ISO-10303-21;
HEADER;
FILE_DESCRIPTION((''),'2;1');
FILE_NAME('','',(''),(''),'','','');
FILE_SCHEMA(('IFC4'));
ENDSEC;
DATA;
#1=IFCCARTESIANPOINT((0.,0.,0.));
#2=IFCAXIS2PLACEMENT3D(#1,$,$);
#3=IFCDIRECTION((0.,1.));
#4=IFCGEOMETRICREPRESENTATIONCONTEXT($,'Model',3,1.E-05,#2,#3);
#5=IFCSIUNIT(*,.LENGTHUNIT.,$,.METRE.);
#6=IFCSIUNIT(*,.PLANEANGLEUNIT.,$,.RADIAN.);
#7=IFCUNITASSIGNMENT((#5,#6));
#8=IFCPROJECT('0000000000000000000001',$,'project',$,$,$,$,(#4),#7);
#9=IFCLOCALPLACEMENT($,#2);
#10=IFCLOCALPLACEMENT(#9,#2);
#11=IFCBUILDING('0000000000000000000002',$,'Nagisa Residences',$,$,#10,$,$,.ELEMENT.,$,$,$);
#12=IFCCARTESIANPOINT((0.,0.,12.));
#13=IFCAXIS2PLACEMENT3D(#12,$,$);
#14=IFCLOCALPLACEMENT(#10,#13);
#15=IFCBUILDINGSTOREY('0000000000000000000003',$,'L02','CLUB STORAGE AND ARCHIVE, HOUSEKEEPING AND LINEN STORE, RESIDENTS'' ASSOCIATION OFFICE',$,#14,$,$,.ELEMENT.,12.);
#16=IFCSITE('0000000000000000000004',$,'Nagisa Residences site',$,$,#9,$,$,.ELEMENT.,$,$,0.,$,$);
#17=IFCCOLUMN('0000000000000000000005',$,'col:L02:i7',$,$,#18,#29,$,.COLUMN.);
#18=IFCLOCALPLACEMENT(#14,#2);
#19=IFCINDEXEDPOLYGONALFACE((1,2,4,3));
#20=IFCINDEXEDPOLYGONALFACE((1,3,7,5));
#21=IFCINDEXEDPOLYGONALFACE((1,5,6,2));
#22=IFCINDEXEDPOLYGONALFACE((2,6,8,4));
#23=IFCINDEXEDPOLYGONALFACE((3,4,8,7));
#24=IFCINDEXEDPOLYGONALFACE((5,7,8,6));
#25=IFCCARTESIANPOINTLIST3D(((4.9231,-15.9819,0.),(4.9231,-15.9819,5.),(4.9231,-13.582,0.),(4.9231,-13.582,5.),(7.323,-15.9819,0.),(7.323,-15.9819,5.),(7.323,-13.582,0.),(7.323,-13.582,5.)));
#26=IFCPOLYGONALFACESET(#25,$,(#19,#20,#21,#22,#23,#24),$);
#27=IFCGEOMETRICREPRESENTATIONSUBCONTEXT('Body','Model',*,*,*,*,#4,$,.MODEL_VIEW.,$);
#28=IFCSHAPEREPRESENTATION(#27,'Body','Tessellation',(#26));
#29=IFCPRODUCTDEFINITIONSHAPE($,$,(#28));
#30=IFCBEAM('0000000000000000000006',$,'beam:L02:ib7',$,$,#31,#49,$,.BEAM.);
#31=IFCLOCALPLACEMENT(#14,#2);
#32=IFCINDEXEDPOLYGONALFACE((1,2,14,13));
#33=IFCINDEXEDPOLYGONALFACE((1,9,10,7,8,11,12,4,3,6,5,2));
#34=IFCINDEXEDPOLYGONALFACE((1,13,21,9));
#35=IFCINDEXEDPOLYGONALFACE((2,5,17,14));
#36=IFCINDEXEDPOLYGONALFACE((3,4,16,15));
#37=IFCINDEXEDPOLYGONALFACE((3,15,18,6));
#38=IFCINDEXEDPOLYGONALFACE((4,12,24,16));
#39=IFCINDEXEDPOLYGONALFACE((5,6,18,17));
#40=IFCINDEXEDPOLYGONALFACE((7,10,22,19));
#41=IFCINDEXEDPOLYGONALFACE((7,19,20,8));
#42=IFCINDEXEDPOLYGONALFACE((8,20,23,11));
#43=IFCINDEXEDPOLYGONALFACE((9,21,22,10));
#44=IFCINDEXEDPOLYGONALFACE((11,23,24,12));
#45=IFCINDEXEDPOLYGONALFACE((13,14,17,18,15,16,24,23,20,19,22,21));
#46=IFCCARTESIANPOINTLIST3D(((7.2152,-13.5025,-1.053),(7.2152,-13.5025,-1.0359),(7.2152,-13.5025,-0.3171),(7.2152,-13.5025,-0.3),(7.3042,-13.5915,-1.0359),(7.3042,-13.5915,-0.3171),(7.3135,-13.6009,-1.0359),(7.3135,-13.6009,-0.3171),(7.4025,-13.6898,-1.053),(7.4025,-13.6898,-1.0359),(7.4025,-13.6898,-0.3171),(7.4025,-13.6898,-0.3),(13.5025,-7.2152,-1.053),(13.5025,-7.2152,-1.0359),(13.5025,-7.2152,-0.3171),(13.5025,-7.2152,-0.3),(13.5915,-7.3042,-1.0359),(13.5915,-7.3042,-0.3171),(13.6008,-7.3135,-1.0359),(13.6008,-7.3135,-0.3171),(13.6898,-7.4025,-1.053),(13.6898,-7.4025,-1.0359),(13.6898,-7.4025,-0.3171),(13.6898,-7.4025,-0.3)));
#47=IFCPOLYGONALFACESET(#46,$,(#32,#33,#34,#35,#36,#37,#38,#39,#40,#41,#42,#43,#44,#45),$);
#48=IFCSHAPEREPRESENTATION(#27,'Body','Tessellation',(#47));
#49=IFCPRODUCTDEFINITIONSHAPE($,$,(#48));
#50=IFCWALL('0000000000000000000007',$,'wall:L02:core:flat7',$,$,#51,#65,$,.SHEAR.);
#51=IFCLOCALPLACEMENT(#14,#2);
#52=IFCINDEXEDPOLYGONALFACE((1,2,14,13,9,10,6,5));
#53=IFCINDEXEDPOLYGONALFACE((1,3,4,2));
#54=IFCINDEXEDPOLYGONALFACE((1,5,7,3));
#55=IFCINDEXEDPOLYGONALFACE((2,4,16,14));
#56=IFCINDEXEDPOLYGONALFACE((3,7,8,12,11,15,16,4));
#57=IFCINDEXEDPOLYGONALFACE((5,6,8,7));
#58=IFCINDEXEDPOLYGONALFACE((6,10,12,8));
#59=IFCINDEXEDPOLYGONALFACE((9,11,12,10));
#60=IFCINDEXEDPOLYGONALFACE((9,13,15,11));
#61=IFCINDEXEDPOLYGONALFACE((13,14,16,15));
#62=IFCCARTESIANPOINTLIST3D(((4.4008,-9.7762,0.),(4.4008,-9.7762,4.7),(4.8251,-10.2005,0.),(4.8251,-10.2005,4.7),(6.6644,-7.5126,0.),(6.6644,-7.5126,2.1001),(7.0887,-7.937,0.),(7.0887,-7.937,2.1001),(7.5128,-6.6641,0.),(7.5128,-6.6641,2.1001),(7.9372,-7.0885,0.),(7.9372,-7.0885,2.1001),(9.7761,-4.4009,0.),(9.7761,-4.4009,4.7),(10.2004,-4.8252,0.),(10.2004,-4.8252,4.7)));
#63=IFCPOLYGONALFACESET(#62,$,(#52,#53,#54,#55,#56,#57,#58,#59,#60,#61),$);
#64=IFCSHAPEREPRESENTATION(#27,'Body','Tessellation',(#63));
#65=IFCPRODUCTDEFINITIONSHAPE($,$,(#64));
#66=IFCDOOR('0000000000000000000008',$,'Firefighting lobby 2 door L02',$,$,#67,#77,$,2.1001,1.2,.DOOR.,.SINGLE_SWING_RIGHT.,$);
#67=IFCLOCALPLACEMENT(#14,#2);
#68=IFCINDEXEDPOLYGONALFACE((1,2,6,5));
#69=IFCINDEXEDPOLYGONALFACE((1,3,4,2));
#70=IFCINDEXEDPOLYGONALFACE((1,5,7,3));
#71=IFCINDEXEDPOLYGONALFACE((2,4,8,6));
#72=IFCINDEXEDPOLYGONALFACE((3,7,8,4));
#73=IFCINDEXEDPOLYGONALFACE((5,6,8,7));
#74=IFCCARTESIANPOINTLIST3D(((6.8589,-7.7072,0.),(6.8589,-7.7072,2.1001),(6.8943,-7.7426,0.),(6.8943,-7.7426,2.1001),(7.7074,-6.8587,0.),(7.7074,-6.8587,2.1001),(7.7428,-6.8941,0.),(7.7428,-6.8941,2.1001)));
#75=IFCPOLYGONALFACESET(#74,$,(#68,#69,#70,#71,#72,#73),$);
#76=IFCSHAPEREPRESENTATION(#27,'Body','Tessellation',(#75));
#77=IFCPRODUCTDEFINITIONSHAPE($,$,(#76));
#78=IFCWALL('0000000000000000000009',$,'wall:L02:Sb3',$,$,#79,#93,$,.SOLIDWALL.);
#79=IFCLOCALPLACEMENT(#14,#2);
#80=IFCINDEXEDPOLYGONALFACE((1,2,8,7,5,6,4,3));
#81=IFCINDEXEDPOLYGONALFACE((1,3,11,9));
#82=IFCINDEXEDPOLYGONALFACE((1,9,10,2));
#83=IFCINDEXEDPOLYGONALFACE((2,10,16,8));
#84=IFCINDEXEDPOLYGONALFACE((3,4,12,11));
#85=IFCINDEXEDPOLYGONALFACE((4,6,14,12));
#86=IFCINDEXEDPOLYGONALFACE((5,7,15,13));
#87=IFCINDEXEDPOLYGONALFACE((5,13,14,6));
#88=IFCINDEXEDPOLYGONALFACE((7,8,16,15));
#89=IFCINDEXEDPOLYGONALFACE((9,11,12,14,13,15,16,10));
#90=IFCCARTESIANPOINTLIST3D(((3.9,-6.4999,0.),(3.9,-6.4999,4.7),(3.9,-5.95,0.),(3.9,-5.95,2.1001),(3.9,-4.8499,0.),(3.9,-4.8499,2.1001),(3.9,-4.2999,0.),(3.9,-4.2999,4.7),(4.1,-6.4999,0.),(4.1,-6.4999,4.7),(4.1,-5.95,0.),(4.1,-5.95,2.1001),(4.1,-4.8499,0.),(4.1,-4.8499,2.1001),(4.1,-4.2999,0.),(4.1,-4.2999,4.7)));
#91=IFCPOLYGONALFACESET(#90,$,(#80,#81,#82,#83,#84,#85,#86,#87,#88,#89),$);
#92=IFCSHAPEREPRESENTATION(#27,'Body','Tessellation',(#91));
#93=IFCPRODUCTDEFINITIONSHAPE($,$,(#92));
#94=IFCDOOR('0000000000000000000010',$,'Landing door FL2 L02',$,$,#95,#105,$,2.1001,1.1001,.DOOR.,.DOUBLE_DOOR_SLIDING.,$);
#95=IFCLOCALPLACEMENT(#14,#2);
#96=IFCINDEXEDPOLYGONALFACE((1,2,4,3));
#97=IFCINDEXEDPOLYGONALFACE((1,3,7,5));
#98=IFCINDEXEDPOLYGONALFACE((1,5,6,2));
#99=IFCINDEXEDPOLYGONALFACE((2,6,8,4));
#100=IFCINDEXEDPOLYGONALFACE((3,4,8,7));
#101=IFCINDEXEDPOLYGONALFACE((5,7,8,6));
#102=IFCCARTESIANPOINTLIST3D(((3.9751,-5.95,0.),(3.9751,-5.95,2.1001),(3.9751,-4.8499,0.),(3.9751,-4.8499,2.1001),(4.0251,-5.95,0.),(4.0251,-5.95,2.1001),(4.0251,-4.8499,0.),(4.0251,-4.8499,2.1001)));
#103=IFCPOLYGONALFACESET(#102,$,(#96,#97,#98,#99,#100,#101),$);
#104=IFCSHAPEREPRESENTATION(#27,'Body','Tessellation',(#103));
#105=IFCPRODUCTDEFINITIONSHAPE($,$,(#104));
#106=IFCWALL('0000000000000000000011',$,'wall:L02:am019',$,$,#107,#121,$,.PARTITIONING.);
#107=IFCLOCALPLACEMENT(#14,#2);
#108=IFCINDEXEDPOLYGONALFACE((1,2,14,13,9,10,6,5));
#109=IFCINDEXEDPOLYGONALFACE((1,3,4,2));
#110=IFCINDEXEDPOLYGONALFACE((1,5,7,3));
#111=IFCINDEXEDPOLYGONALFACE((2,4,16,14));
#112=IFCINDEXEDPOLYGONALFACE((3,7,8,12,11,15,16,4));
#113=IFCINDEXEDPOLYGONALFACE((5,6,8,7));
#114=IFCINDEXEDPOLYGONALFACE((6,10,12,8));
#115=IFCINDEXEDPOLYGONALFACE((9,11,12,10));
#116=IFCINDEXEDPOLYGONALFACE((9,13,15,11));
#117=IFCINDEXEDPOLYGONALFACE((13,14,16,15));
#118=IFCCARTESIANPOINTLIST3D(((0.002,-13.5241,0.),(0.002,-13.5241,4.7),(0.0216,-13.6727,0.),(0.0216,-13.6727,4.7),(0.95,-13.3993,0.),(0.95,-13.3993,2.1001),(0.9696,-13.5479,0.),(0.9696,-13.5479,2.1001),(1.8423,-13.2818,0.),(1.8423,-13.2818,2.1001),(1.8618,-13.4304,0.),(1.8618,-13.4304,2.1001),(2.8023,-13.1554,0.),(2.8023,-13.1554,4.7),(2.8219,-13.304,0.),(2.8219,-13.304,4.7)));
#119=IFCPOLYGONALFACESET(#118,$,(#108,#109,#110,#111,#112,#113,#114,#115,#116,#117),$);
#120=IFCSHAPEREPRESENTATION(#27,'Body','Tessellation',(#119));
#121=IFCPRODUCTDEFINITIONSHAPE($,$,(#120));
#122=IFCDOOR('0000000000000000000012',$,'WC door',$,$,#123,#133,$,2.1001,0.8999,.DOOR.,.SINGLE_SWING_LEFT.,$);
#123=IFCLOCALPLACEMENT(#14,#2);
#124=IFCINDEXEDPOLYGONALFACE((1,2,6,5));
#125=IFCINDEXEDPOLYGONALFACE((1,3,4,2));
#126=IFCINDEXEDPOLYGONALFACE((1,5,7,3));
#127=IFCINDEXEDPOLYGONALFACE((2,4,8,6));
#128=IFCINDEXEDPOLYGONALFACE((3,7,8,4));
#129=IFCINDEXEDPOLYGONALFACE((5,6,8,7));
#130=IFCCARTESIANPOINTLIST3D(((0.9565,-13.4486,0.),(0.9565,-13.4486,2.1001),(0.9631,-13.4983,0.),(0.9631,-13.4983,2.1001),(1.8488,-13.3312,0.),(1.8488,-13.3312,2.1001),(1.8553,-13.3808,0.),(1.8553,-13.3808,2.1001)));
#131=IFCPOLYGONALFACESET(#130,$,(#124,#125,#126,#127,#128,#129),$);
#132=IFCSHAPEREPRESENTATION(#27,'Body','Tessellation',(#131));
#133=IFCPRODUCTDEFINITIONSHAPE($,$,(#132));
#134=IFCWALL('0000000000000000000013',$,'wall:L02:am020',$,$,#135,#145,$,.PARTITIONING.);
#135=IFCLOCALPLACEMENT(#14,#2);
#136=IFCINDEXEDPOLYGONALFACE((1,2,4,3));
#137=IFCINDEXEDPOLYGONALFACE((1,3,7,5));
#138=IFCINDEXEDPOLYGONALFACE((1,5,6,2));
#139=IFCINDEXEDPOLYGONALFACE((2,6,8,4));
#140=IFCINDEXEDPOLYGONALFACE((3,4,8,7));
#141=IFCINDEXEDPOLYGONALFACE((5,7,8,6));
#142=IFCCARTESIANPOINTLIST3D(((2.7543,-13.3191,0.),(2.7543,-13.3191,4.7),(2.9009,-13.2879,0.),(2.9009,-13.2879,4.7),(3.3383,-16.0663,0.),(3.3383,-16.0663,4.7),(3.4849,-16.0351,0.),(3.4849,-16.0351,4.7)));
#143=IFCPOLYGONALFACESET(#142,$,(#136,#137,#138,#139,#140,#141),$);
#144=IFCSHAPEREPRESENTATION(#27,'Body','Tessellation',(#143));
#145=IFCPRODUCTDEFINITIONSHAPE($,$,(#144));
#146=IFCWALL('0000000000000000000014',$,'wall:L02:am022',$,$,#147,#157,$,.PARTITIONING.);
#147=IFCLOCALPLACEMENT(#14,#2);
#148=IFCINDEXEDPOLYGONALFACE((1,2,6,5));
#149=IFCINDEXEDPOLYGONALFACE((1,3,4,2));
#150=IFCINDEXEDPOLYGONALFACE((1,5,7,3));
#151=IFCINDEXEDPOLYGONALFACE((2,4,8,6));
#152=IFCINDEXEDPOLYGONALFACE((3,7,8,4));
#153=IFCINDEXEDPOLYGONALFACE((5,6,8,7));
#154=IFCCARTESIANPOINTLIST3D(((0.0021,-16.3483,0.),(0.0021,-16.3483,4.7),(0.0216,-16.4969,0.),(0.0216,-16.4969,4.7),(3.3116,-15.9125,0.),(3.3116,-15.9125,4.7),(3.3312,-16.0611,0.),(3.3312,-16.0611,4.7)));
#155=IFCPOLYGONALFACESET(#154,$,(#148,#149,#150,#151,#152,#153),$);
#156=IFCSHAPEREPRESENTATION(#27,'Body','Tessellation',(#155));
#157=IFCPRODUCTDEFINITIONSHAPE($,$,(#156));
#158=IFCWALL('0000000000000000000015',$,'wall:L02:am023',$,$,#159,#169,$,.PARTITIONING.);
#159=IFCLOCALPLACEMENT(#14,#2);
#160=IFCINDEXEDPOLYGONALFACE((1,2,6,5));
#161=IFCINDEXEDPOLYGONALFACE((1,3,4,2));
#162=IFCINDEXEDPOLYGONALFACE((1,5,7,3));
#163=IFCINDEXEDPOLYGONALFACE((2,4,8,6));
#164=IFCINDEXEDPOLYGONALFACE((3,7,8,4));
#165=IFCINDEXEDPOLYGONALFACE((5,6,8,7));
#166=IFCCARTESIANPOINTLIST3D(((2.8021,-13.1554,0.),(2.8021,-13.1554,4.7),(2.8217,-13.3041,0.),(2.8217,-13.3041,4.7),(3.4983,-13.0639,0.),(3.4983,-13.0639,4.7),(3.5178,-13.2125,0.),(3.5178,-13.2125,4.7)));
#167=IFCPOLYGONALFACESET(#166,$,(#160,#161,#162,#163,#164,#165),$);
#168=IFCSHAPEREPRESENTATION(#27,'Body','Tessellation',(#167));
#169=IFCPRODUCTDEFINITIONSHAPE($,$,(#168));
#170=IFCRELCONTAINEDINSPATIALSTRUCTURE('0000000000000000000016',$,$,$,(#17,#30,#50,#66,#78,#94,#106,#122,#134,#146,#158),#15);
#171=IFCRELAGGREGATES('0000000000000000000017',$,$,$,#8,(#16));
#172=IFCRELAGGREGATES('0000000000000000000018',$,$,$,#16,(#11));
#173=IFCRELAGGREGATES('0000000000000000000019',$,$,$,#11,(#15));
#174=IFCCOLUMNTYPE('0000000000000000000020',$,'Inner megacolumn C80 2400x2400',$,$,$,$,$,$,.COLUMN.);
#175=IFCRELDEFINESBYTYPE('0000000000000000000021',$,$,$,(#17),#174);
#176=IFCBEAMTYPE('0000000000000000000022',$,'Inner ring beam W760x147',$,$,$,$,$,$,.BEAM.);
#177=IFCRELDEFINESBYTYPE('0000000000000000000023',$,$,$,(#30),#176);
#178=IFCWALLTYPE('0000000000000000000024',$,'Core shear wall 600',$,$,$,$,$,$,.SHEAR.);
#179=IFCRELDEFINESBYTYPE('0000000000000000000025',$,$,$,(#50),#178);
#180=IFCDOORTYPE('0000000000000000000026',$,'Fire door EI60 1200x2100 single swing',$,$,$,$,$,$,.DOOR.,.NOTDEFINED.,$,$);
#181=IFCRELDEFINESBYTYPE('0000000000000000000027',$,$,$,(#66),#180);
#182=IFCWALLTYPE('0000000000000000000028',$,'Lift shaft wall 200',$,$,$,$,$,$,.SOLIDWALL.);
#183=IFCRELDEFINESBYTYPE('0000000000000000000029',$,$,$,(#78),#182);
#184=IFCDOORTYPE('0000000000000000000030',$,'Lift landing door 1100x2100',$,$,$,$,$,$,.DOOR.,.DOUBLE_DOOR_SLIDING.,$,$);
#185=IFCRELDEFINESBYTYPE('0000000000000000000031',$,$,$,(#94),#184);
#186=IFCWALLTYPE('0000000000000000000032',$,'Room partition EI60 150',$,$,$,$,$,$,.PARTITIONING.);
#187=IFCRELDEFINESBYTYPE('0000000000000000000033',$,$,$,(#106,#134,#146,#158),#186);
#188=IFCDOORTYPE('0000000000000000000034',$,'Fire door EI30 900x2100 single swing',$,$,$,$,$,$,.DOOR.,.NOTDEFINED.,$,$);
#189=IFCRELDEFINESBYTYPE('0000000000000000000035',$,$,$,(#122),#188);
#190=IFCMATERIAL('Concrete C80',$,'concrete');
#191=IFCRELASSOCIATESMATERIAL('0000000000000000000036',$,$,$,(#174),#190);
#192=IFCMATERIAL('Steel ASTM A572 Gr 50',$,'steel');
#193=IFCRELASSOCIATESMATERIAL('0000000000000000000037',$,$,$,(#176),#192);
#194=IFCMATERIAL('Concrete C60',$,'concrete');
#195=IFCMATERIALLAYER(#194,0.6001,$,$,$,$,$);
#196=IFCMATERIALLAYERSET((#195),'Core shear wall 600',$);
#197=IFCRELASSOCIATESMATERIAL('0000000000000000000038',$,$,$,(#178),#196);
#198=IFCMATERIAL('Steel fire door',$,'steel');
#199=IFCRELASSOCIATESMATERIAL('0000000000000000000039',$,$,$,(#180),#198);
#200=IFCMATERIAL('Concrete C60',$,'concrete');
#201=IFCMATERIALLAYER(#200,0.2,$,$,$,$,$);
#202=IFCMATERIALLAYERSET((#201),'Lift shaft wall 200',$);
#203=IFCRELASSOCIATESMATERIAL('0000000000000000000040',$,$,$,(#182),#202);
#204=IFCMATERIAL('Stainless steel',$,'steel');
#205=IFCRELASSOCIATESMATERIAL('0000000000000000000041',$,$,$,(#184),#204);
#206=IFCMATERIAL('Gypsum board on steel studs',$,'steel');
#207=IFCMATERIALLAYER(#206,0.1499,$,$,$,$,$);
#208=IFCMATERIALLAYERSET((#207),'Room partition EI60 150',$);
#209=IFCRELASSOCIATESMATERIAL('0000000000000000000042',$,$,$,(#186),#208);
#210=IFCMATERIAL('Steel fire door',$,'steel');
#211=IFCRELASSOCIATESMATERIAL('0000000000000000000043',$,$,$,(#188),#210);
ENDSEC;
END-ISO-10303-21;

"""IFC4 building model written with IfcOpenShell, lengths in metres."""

from ifc_helpers import new_model, si_unit, direction, frame, frame_2d, origin, origin_2d, place, context, subcontext, project, spatial, rectangle, i_section, extrude, material, layer, layer_set, material_profile, profile_set, type_object, element, fill, save


model = new_model("IFC4")

# Units and contexts
model_context = context("Model", 3, precision=1e-05, world=origin(), true_north=direction((0.0, 1.0)))
body_context = subcontext(model_context, "Body", "Model", "MODEL_VIEW")
ifc_project = project(units=[si_unit("LENGTHUNIT", "METRE"), si_unit("PLANEANGLEUNIT", "RADIAN")], contexts=[model_context])

# Site, building, storey
site_placement = place(None, origin())
site = spatial("IfcSite", under=ifc_project, at=site_placement, Name="Nagisa Residences site", CompositionType="ELEMENT", RefElevation=0.0)
building_placement = place(site_placement, origin())
building = spatial("IfcBuilding", under=site, at=building_placement, Name="Nagisa Residences", CompositionType="ELEMENT")
storey_placement = place(building_placement, frame((0.0, 0.0, 12.0)))
storey = spatial("IfcBuildingStorey", under=building, at=storey_placement, Name="L02", Description="CLUB STORAGE AND ARCHIVE, HOUSEKEEPING AND LINEN STORE, RESIDENTS' ASSOCIATION OFFICE", CompositionType="ELEMENT", Elevation=12.0)

# Column
ifc_material_1 = material(Name="Concrete C80", Category="concrete")
ifc_material_profile_1 = material_profile(ifc_material_1, rectangle(XDim=2.3999, YDim=2.3999, at=origin_2d()), Name="C80 2400x2400")
ifc_profile_set_1 = profile_set([ifc_material_profile_1], Name="Concrete C80")
column_type = type_object("IfcColumnType", Name="Inner megacolumn C80 2400x2400", PredefinedType="COLUMN", material=ifc_profile_set_1)
column_placement = place(storey_placement, frame((6.123, -14.782, 0.0), z_axis=(0.0, 0.0, 1.0), x_axis=(1.0, 0.0, 0.0)))
element("IfcColumn", 1, at=column_placement, inside=storey, type_object=column_type, Name="col:L02:i7", PredefinedType="COLUMN", context=body_context, shape_type="SweptSolid", body=[
    extrude(rectangle(XDim=2.3999, YDim=2.3999, at=origin_2d()), origin(), (0.0, 0.0, 1.0), 5.0),
])

# Beam
ifc_material_2 = material(Name="Steel ASTM A572 Gr 50", Category="steel")
ifc_material_profile_2 = material_profile(ifc_material_2, i_section(OverallWidth=0.2649, OverallDepth=0.7529, WebThickness=0.0132, FlangeThickness=0.0171, at=origin_2d()), Name="W760x147")
ifc_profile_set_2 = profile_set([ifc_material_profile_2], Name="Steel ASTM A572 Gr 50")
beam_type = type_object("IfcBeamType", Name="Inner ring beam W760x147", PredefinedType="BEAM", material=ifc_profile_set_2)
beam_placement = place(storey_placement, frame((7.3088, -13.5962, -0.6765), z_axis=(0.707107, 0.707107, 0.0), x_axis=(-0.707107, 0.707107, 0.0)))
element("IfcBeam", 2, at=beam_placement, inside=storey, type_object=beam_type, Name="beam:L02:ib7", PredefinedType="BEAM", context=body_context, shape_type="SweptSolid", body=[
    extrude(i_section(OverallWidth=0.2649, OverallDepth=0.7529, WebThickness=0.0132, FlangeThickness=0.0171, at=origin_2d()), origin(), (0.0, 0.0, 1.0), 8.8916),
])

# Walls, openings, doors
ifc_material_3 = material(Name="Concrete C60", Category="concrete")
ifc_layer_1 = layer(ifc_material_3, 0.6001)
ifc_layer_set_1 = layer_set([ifc_layer_1], Name="Core shear wall 600")
wall_type_1 = type_object("IfcWallType", Name="Core shear wall 600", PredefinedType="SHEAR", material=ifc_layer_set_1)
wall_1_placement = place(storey_placement, frame((4.613, -9.9883, 0.0), z_axis=(0.0, 0.0, 1.0), x_axis=(0.707107, 0.707107, 0.0)))
wall_1 = element("IfcWall", 3, at=wall_1_placement, inside=storey, type_object=wall_type_1, Name="wall:L02:core:flat7", PredefinedType="SHEAR", context=body_context, shape_type="SweptSolid", body=[
    extrude(rectangle(XDim=7.6018, YDim=0.6001, at=frame_2d((3.8008, 0.0))), origin(), (0.0, 0.0, 1.0), 4.7),
])
opening_1_placement = place(wall_1_placement, frame((3.2009, 0.0, 0.0)))
opening_1 = element("IfcOpeningElement", 4, at=opening_1_placement, cuts=wall_1, PredefinedType="OPENING", context=body_context, shape_type="SweptSolid", body=[
    extrude(rectangle(XDim=1.2, YDim=2.1001, at=frame_2d((0.6001, 1.05))), frame((0.0, 0.3101, 0.0), z_axis=(0.0, -1.0, 0.0), x_axis=(1.0, 0.0, 0.0)), (0.0, 0.0, 1.0), 0.6201),
])
ifc_material_4 = material(Name="Steel fire door", Category="steel")
door_type_1 = type_object("IfcDoorType", Name="Fire door EI60 1200x2100 single swing", OperationType="NOTDEFINED", PredefinedType="DOOR", material=ifc_material_4)
door_1_placement = place(opening_1_placement, origin())
door_1 = element("IfcDoor", 5, at=door_1_placement, inside=storey, type_object=door_type_1, Name="Firefighting lobby 2 door L02", OperationType="SINGLE_SWING_RIGHT", OverallHeight=2.1001, OverallWidth=1.2, PredefinedType="DOOR", context=body_context, shape_type="SweptSolid", body=[
    extrude(rectangle(XDim=1.2, YDim=2.1001, at=frame_2d((0.6001, 1.05))), frame((0.0, 0.0249, 0.0), z_axis=(0.0, -1.0, 0.0), x_axis=(1.0, 0.0, 0.0)), (0.0, 0.0, 1.0), 0.05),
])
fill(opening_1, door_1)
ifc_material_5 = material(Name="Concrete C60", Category="concrete")
ifc_layer_2 = layer(ifc_material_5, 0.2)
ifc_layer_set_2 = layer_set([ifc_layer_2], Name="Lift shaft wall 200")
wall_type_2 = type_object("IfcWallType", Name="Lift shaft wall 200", PredefinedType="SOLIDWALL", material=ifc_layer_set_2)
wall_2_placement = place(storey_placement, frame((4.0, -6.5, 0.0), z_axis=(0.0, 0.0, 1.0), x_axis=(0.0, 1.0, 0.0)))
wall_2 = element("IfcWall", 6, at=wall_2_placement, inside=storey, type_object=wall_type_2, Name="wall:L02:Sb3", PredefinedType="SOLIDWALL", context=body_context, shape_type="SweptSolid", body=[
    extrude(rectangle(XDim=2.2, YDim=0.2, at=frame_2d((1.1001, 0.0))), origin(), (0.0, 0.0, 1.0), 4.7),
])
opening_2_placement = place(wall_2_placement, frame((0.55, 0.0, 0.0)))
opening_2 = element("IfcOpeningElement", 7, at=opening_2_placement, cuts=wall_2, PredefinedType="OPENING", context=body_context, shape_type="SweptSolid", body=[
    extrude(rectangle(XDim=1.1001, YDim=2.1001, at=frame_2d((0.55, 1.05))), frame((0.0, 0.1099, 0.0), z_axis=(0.0, -1.0, 0.0), x_axis=(1.0, 0.0, 0.0)), (0.0, 0.0, 1.0), 0.22),
])
ifc_material_6 = material(Name="Stainless steel", Category="steel")
door_type_2 = type_object("IfcDoorType", Name="Lift landing door 1100x2100", OperationType="DOUBLE_DOOR_SLIDING", PredefinedType="DOOR", material=ifc_material_6)
door_2_placement = place(opening_2_placement, origin())
door_2 = element("IfcDoor", 8, at=door_2_placement, inside=storey, type_object=door_type_2, Name="Landing door FL2 L02", OperationType="DOUBLE_DOOR_SLIDING", OverallHeight=2.1001, OverallWidth=1.1001, PredefinedType="DOOR", context=body_context, shape_type="SweptSolid", body=[
    extrude(rectangle(XDim=1.1001, YDim=2.1001, at=frame_2d((0.55, 1.05))), frame((0.0, 0.0249, 0.0), z_axis=(0.0, -1.0, 0.0), x_axis=(1.0, 0.0, 0.0)), (0.0, 0.0, 1.0), 0.05),
])
fill(opening_2, door_2)
ifc_material_7 = material(Name="Gypsum board on steel studs", Category="steel")
ifc_layer_3 = layer(ifc_material_7, 0.1499)
ifc_layer_set_3 = layer_set([ifc_layer_3], Name="Room partition EI60 150")
wall_type_3 = type_object("IfcWallType", Name="Room partition EI60 150", PredefinedType="PARTITIONING", material=ifc_layer_set_3)
wall_3_placement = place(storey_placement, frame((2.812, -13.2297, 0.0), z_axis=(0.0, 0.0, 1.0), x_axis=(-0.991445, -0.130522, 0.0)))
wall_3 = element("IfcWall", 9, at=wall_3_placement, inside=storey, type_object=wall_type_3, Name="wall:L02:am019", PredefinedType="PARTITIONING", context=body_context, shape_type="SweptSolid", body=[
    extrude(rectangle(XDim=2.8245, YDim=0.1499, at=frame_2d((1.4121, 0.0))), origin(), (0.0, 0.0, 1.0), 4.7),
])
opening_3_placement = place(wall_3_placement, frame((0.9683, 0.0, 0.0)))
opening_3 = element("IfcOpeningElement", 10, at=opening_3_placement, cuts=wall_3, PredefinedType="OPENING", context=body_context, shape_type="SweptSolid", body=[
    extrude(rectangle(XDim=0.8999, YDim=2.1001, at=frame_2d((0.45, 1.05))), frame((0.0, 0.085, 0.0), z_axis=(0.0, -1.0, 0.0), x_axis=(1.0, 0.0, 0.0)), (0.0, 0.0, 1.0), 0.1699),
])
ifc_material_8 = material(Name="Steel fire door", Category="steel")
door_type_3 = type_object("IfcDoorType", Name="Fire door EI30 900x2100 single swing", OperationType="NOTDEFINED", PredefinedType="DOOR", material=ifc_material_8)
door_3_placement = place(opening_3_placement, origin())
door_3 = element("IfcDoor", 11, at=door_3_placement, inside=storey, type_object=door_type_3, Name="WC door", OperationType="SINGLE_SWING_LEFT", OverallHeight=2.1001, OverallWidth=0.8999, PredefinedType="DOOR", context=body_context, shape_type="SweptSolid", body=[
    extrude(rectangle(XDim=0.8999, YDim=2.1001, at=frame_2d((0.45, 1.05))), frame((0.0, 0.0249, 0.0), z_axis=(0.0, -1.0, 0.0), x_axis=(1.0, 0.0, 0.0)), (0.0, 0.0, 1.0), 0.05),
])
fill(opening_3, door_3)

# Walls
wall_4_placement = place(storey_placement, frame((2.8276, -13.3035, 0.0), z_axis=(0.0, 0.0, 1.0), x_axis=(0.20792, -0.978146, 0.0)))
element("IfcWall", 12, at=wall_4_placement, inside=storey, type_object=wall_type_3, Name="wall:L02:am020", PredefinedType="PARTITIONING", context=body_context, shape_type="SweptSolid", body=[
    extrude(rectangle(XDim=2.8086, YDim=0.1499, at=frame_2d((1.4043, 0.0))), origin(), (0.0, 0.0, 1.0), 4.7),
])
wall_5_placement = place(storey_placement, frame((3.3213, -15.9868, 0.0), z_axis=(0.0, 0.0, 1.0), x_axis=(-0.991442, -0.130549, 0.0)))
element("IfcWall", 13, at=wall_5_placement, inside=storey, type_object=wall_type_3, Name="wall:L02:am022", PredefinedType="PARTITIONING", context=body_context, shape_type="SweptSolid", body=[
    extrude(rectangle(XDim=3.3381, YDim=0.1499, at=frame_2d((1.6689, 0.0))), origin(), (0.0, 0.0, 1.0), 4.7),
])
wall_6_placement = place(storey_placement, frame((3.5081, -13.1382, 0.0), z_axis=(0.0, 0.0, 1.0), x_axis=(-0.99146, -0.13041, 0.0)))
element("IfcWall", 14, at=wall_6_placement, inside=storey, type_object=wall_type_3, Name="wall:L02:am023", PredefinedType="PARTITIONING", context=body_context, shape_type="SweptSolid", body=[
    extrude(rectangle(XDim=0.7021, YDim=0.1499, at=frame_2d((0.3511, 0.0))), origin(), (0.0, 0.0, 1.0), 4.7),
])

save(model, "model.ifc")
